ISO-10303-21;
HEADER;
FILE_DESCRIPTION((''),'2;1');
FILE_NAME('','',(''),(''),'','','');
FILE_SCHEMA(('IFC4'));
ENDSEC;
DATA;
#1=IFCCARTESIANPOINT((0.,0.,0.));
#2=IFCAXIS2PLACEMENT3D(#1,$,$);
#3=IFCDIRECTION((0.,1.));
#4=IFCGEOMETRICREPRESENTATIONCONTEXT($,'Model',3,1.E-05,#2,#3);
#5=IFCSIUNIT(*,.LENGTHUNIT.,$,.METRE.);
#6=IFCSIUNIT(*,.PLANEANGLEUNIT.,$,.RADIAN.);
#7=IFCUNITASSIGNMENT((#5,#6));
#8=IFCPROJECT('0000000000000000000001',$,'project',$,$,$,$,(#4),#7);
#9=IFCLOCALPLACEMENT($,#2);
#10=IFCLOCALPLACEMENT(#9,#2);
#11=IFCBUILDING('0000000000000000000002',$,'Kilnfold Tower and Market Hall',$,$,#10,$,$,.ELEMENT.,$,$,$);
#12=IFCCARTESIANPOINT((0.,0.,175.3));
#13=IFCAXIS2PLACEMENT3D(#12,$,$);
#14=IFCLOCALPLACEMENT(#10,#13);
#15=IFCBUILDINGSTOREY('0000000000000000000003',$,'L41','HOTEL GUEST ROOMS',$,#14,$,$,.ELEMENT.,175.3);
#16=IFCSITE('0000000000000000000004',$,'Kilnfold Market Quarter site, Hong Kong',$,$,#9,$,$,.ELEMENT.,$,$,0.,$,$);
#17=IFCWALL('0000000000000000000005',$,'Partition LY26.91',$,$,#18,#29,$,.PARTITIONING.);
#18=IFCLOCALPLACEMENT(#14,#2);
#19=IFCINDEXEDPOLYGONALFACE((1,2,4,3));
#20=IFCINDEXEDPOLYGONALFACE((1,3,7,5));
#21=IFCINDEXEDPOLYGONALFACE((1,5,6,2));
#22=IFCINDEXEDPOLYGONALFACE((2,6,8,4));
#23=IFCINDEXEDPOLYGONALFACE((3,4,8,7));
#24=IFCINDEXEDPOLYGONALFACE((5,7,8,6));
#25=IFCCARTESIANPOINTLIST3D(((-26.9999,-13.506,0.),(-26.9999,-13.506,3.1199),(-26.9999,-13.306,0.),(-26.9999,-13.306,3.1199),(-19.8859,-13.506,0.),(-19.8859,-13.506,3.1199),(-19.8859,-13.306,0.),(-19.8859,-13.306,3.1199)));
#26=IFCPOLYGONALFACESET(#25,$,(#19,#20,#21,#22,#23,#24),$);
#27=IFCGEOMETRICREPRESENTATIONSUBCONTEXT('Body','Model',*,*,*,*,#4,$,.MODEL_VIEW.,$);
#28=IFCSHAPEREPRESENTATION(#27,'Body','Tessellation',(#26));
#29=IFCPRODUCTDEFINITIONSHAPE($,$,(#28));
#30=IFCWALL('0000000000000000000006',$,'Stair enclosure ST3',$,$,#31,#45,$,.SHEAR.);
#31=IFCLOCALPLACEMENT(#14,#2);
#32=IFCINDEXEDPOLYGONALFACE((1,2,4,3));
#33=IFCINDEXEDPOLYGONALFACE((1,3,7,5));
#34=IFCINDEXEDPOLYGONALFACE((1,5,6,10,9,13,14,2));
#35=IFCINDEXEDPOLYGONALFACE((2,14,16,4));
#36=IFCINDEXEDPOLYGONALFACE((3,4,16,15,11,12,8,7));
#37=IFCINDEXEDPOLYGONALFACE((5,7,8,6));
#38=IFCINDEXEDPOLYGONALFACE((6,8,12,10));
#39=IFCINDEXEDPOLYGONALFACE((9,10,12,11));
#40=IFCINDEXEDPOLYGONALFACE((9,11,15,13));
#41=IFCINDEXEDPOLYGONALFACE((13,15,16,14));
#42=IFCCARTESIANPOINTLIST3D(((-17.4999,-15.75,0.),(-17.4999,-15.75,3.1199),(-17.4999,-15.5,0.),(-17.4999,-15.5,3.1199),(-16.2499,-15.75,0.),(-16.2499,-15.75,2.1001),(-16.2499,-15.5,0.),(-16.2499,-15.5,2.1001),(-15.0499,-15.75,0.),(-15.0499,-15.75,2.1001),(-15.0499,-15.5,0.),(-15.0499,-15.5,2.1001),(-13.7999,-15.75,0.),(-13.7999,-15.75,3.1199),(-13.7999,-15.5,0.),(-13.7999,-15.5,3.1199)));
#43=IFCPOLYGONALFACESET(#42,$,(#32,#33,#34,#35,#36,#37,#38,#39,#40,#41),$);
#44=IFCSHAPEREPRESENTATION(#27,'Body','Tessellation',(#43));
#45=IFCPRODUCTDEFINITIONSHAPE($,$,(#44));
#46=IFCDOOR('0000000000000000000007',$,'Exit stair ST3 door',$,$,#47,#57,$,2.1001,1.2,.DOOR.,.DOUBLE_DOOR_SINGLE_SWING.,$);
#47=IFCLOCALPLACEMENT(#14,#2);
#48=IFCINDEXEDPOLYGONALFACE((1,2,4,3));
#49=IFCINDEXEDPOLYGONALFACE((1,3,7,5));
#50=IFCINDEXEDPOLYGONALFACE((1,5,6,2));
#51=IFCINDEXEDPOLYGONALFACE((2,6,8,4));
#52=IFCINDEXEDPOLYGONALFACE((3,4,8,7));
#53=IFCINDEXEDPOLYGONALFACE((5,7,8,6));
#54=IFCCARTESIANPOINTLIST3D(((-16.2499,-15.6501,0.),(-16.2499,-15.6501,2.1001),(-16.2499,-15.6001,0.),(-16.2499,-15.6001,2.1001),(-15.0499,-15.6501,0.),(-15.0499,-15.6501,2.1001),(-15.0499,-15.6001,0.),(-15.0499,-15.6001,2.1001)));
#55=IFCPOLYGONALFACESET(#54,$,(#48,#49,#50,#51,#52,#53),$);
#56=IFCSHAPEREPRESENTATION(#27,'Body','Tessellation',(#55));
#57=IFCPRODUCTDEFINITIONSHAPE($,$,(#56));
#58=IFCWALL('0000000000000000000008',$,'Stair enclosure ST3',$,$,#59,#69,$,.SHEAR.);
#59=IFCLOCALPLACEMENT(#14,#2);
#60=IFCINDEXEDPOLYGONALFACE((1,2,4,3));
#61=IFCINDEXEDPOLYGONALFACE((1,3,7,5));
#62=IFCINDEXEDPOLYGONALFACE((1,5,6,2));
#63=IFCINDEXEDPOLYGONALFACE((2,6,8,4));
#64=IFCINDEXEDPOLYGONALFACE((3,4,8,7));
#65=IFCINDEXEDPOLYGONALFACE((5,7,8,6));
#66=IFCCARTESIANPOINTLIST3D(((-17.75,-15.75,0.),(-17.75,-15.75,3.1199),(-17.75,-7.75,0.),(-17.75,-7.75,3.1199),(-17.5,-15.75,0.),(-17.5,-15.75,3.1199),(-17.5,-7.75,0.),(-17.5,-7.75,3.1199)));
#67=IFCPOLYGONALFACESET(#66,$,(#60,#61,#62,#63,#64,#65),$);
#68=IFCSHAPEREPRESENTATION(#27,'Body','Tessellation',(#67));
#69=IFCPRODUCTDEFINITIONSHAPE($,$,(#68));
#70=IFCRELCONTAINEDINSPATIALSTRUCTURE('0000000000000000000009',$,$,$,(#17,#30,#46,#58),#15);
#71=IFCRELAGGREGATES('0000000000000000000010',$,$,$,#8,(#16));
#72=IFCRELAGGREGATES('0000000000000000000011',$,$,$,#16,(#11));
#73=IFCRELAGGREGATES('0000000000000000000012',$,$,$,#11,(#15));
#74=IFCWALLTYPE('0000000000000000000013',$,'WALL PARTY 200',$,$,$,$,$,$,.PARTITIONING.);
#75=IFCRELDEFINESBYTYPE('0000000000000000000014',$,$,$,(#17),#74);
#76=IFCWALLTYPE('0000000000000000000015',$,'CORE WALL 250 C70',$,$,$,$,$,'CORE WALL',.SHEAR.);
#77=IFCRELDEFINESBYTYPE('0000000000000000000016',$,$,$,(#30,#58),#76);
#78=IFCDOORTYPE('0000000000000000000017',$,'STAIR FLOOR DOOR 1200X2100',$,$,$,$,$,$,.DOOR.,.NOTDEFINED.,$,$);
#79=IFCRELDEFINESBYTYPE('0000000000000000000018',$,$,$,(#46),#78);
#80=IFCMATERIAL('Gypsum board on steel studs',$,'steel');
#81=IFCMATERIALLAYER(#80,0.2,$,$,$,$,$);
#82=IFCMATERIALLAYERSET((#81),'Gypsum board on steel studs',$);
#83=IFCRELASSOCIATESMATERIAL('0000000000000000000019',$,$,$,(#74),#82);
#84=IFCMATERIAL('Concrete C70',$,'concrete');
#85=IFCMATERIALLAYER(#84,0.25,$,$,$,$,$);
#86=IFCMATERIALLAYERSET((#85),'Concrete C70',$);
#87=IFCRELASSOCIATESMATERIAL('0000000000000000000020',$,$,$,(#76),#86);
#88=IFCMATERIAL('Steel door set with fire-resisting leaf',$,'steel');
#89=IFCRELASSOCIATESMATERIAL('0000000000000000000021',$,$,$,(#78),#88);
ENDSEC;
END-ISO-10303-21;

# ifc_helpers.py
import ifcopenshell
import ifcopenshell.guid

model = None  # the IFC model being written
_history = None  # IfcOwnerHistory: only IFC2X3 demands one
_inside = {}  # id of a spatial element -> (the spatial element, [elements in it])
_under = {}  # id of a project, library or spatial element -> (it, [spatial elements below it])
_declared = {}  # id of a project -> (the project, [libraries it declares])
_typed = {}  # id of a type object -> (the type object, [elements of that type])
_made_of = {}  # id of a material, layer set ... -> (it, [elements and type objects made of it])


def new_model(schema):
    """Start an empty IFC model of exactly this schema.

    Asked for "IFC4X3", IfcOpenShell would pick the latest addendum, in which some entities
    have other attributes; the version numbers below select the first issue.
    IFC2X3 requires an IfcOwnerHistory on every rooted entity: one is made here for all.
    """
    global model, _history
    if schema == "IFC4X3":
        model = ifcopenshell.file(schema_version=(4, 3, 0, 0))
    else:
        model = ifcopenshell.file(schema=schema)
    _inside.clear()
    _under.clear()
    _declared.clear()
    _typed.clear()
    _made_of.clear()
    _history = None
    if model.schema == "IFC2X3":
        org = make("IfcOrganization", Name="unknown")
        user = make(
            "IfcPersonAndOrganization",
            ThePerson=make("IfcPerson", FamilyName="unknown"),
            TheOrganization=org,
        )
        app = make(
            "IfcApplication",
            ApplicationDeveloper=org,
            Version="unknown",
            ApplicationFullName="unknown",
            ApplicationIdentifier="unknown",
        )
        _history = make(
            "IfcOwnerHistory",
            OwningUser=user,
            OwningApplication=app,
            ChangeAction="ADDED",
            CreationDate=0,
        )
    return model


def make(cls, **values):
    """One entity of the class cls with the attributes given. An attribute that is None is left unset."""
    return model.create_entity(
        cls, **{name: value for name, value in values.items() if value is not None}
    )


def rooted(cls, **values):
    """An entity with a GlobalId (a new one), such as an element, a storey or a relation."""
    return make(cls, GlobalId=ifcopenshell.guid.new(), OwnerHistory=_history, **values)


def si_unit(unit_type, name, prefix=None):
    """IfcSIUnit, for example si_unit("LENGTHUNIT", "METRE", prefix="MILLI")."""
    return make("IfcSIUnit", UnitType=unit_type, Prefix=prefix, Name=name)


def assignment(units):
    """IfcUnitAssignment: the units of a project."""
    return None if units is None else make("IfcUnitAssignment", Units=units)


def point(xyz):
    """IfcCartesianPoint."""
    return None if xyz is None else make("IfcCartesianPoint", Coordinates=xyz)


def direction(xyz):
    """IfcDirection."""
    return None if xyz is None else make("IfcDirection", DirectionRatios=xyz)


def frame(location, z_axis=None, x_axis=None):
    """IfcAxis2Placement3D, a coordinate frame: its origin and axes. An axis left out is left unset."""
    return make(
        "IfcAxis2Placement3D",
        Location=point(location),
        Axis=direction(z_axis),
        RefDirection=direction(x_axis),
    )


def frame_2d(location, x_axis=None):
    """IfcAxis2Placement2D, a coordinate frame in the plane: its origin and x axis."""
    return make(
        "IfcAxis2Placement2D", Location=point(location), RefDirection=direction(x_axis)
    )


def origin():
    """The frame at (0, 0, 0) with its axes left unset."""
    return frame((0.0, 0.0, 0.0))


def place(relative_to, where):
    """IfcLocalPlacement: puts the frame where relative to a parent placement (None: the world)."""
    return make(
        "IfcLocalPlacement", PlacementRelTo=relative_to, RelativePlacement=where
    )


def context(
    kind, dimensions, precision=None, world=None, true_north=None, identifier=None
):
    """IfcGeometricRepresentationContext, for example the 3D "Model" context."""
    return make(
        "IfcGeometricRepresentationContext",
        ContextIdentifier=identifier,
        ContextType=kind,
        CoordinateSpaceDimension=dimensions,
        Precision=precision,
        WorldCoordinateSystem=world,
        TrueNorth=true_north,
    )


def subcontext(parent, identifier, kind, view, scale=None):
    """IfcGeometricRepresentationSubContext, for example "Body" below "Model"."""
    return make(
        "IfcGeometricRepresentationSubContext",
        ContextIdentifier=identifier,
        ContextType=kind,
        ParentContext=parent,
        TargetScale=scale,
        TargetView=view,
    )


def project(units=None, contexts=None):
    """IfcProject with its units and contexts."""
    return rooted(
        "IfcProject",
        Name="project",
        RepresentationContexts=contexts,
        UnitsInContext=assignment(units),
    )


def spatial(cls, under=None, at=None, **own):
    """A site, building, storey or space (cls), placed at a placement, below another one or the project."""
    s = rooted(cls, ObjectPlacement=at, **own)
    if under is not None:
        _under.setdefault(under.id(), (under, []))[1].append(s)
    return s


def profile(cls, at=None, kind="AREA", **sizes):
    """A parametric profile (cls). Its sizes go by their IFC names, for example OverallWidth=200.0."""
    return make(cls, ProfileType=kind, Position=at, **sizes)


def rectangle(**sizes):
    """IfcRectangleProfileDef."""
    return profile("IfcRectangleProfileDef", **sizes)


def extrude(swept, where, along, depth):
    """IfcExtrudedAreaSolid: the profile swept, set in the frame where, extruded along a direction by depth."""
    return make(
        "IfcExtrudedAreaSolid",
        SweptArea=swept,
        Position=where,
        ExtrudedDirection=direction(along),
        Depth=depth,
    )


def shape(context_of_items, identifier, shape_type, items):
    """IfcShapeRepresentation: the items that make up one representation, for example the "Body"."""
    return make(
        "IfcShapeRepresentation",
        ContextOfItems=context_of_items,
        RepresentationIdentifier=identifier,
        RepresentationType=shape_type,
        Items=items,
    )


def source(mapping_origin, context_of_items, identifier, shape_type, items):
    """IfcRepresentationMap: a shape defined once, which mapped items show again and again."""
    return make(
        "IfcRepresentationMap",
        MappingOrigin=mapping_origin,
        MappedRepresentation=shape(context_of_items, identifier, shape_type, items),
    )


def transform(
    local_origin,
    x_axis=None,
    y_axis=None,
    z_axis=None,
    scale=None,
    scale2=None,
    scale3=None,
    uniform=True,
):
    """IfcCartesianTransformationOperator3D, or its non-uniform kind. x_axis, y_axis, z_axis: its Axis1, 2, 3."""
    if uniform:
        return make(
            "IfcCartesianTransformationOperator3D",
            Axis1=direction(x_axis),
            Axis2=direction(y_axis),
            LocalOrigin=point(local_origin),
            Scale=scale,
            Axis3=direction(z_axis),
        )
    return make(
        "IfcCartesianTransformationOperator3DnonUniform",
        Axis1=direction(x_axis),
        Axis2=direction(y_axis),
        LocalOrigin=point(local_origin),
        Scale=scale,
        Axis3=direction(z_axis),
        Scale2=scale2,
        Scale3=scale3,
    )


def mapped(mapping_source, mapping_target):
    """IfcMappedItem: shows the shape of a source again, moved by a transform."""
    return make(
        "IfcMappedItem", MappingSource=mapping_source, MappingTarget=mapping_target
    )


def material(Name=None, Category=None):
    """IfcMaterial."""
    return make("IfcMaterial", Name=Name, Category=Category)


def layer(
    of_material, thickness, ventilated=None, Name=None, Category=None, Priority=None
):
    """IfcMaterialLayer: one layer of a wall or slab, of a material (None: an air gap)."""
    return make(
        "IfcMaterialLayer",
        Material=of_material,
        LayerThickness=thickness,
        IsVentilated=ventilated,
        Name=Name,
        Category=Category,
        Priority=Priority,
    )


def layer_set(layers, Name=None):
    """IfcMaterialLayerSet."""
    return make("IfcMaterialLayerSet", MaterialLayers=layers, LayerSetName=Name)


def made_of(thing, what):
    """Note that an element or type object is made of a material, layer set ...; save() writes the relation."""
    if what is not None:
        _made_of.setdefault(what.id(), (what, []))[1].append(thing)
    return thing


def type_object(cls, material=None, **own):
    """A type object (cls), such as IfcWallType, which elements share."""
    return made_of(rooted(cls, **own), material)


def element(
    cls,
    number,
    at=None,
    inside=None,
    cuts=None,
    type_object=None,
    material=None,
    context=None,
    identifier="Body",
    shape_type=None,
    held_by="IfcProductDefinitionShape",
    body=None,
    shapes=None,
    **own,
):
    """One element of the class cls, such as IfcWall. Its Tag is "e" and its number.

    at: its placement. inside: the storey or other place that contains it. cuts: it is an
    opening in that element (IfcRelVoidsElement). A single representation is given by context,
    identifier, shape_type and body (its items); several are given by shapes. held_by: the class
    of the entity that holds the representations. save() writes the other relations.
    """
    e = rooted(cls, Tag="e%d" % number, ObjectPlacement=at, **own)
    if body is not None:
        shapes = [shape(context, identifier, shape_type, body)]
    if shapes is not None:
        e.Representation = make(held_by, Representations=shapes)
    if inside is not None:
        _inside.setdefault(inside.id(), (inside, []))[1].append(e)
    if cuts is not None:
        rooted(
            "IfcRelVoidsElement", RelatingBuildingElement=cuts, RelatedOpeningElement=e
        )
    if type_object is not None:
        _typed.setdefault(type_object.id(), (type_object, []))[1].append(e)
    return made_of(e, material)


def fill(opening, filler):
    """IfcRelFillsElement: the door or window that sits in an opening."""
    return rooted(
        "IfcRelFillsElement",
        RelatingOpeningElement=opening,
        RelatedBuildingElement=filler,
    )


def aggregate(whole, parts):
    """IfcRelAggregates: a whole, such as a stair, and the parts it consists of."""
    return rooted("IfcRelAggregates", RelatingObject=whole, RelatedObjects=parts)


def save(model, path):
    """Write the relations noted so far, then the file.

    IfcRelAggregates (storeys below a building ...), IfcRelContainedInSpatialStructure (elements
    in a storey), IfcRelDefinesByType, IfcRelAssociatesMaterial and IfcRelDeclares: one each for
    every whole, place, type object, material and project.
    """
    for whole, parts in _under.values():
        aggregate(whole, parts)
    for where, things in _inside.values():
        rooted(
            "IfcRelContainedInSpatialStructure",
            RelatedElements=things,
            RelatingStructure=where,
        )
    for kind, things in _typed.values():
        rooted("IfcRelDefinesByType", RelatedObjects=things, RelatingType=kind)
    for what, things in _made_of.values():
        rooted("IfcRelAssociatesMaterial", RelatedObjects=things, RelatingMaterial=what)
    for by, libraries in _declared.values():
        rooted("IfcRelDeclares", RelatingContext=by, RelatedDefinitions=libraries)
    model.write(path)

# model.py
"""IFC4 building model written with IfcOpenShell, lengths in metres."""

from ifc_helpers import new_model, si_unit, direction, frame, frame_2d, origin, place, context, subcontext, project, spatial, rectangle, extrude, source, transform, mapped, material, layer, layer_set, type_object, element, fill, save


model = new_model("IFC4")

# Units and contexts
model_context = context("Model", 3, precision=1e-05, world=origin(), true_north=direction((0.0, 1.0)))
body_context = subcontext(model_context, "Body", "Model", "MODEL_VIEW")
ifc_project = project(units=[si_unit("LENGTHUNIT", "METRE"), si_unit("PLANEANGLEUNIT", "RADIAN")], contexts=[model_context])

# Site, building, storey
site_placement = place(None, origin())
site = spatial("IfcSite", under=ifc_project, at=site_placement, Name="Kilnfold Market Quarter site, Hong Kong", CompositionType="ELEMENT", RefElevation=0.0)
building_placement = place(site_placement, origin())
building = spatial("IfcBuilding", under=site, at=building_placement, Name="Kilnfold Tower and Market Hall", CompositionType="ELEMENT")
storey_placement = place(building_placement, frame((0.0, 0.0, 175.3)))
storey = spatial("IfcBuildingStorey", under=building, at=storey_placement, Name="L41", Description="HOTEL GUEST ROOMS", CompositionType="ELEMENT", Elevation=175.3)

# Wall
ifc_material_1 = material(Name="Gypsum board on steel studs", Category="steel")
ifc_layer_1 = layer(ifc_material_1, 0.2)
ifc_layer_set_1 = layer_set([ifc_layer_1], Name="Gypsum board on steel studs")
wall_type_1 = type_object("IfcWallType", Name="WALL PARTY 200", PredefinedType="PARTITIONING", material=ifc_layer_set_1)
wall_1_placement = place(storey_placement, frame((-27.0, -13.406, 0.0), z_axis=(0.0, 0.0, 1.0), x_axis=(1.0, 0.0, 0.0)))
element("IfcWall", 1, at=wall_1_placement, inside=storey, type_object=wall_type_1, Name="Partition LY26.91", PredefinedType="PARTITIONING", context=body_context, shape_type="SweptSolid", body=[
    extrude(rectangle(XDim=7.114, YDim=0.2, at=frame_2d((3.5571, 0.0))), origin(), (0.0, 0.0, 1.0), 3.1199),
])

# Wall, opening, door
ifc_material_2 = material(Name="Concrete C70", Category="concrete")
ifc_layer_2 = layer(ifc_material_2, 0.25)
ifc_layer_set_2 = layer_set([ifc_layer_2], Name="Concrete C70")
wall_type_2 = type_object("IfcWallType", Name="CORE WALL 250 C70", ElementType="CORE WALL", PredefinedType="SHEAR", material=ifc_layer_set_2)
shared_shape_1 = source(origin(), body_context, "Body", "SweptSolid", [
    extrude(rectangle(XDim=3.7, YDim=0.25, at=frame_2d((1.8501, 0.0))), origin(), (0.0, 0.0, 1.0), 3.1199),
])
wall_2_placement = place(storey_placement, frame((-17.5, -15.625, 0.0), z_axis=(0.0, 0.0, 1.0), x_axis=(1.0, 0.0, 0.0)))
wall_2 = element("IfcWall", 2, at=wall_2_placement, inside=storey, type_object=wall_type_2, Name="Stair enclosure ST3", PredefinedType="SHEAR", context=body_context, shape_type="MappedRepresentation", body=[
    mapped(shared_shape_1, transform((0.0, 0.0, 0.0))),
])
opening_1_placement = place(wall_2_placement, frame((1.25, 0.0, 0.0)))
opening_1 = element("IfcOpeningElement", 3, at=opening_1_placement, cuts=wall_2, PredefinedType="OPENING", context=body_context, shape_type="SweptSolid", body=[
    extrude(rectangle(XDim=1.2, YDim=2.1001, at=frame_2d((0.6001, 1.05))), frame((0.0, 0.135, 0.0), z_axis=(0.0, -1.0, 0.0), x_axis=(1.0, 0.0, 0.0)), (0.0, 0.0, 1.0), 0.27),
])
ifc_material_3 = material(Name="Steel door set with fire-resisting leaf", Category="steel")
door_type_1 = type_object("IfcDoorType", Name="STAIR FLOOR DOOR 1200X2100", OperationType="NOTDEFINED", PredefinedType="DOOR", material=ifc_material_3)
door_1_placement = place(opening_1_placement, origin())
door_1 = element("IfcDoor", 4, at=door_1_placement, inside=storey, type_object=door_type_1, Name="Exit stair ST3 door", OperationType="DOUBLE_DOOR_SINGLE_SWING", OverallHeight=2.1001, OverallWidth=1.2, PredefinedType="DOOR", context=body_context, shape_type="SweptSolid", body=[
    extrude(rectangle(XDim=1.2, YDim=2.1001, at=frame_2d((0.6001, 1.05))), frame((0.0, 0.0249, 0.0), z_axis=(0.0, -1.0, 0.0), x_axis=(1.0, 0.0, 0.0)), (0.0, 0.0, 1.0), 0.05),
])
fill(opening_1, door_1)

# Wall
shared_shape_2 = source(origin(), body_context, "Body", "SweptSolid", [
    extrude(rectangle(XDim=8.0, YDim=0.25, at=frame_2d((4.0, 0.0))), origin(), (0.0, 0.0, 1.0), 3.1199),
])
wall_3_placement = place(storey_placement, frame((-17.625, -15.75, 0.0), z_axis=(0.0, 0.0, 1.0), x_axis=(0.0, 1.0, 0.0)))
element("IfcWall", 5, at=wall_3_placement, inside=storey, type_object=wall_type_2, Name="Stair enclosure ST3", PredefinedType="SHEAR", context=body_context, shape_type="MappedRepresentation", body=[
    mapped(shared_shape_2, transform((0.0, 0.0, 0.0))),
])

save(model, "model.ifc")
